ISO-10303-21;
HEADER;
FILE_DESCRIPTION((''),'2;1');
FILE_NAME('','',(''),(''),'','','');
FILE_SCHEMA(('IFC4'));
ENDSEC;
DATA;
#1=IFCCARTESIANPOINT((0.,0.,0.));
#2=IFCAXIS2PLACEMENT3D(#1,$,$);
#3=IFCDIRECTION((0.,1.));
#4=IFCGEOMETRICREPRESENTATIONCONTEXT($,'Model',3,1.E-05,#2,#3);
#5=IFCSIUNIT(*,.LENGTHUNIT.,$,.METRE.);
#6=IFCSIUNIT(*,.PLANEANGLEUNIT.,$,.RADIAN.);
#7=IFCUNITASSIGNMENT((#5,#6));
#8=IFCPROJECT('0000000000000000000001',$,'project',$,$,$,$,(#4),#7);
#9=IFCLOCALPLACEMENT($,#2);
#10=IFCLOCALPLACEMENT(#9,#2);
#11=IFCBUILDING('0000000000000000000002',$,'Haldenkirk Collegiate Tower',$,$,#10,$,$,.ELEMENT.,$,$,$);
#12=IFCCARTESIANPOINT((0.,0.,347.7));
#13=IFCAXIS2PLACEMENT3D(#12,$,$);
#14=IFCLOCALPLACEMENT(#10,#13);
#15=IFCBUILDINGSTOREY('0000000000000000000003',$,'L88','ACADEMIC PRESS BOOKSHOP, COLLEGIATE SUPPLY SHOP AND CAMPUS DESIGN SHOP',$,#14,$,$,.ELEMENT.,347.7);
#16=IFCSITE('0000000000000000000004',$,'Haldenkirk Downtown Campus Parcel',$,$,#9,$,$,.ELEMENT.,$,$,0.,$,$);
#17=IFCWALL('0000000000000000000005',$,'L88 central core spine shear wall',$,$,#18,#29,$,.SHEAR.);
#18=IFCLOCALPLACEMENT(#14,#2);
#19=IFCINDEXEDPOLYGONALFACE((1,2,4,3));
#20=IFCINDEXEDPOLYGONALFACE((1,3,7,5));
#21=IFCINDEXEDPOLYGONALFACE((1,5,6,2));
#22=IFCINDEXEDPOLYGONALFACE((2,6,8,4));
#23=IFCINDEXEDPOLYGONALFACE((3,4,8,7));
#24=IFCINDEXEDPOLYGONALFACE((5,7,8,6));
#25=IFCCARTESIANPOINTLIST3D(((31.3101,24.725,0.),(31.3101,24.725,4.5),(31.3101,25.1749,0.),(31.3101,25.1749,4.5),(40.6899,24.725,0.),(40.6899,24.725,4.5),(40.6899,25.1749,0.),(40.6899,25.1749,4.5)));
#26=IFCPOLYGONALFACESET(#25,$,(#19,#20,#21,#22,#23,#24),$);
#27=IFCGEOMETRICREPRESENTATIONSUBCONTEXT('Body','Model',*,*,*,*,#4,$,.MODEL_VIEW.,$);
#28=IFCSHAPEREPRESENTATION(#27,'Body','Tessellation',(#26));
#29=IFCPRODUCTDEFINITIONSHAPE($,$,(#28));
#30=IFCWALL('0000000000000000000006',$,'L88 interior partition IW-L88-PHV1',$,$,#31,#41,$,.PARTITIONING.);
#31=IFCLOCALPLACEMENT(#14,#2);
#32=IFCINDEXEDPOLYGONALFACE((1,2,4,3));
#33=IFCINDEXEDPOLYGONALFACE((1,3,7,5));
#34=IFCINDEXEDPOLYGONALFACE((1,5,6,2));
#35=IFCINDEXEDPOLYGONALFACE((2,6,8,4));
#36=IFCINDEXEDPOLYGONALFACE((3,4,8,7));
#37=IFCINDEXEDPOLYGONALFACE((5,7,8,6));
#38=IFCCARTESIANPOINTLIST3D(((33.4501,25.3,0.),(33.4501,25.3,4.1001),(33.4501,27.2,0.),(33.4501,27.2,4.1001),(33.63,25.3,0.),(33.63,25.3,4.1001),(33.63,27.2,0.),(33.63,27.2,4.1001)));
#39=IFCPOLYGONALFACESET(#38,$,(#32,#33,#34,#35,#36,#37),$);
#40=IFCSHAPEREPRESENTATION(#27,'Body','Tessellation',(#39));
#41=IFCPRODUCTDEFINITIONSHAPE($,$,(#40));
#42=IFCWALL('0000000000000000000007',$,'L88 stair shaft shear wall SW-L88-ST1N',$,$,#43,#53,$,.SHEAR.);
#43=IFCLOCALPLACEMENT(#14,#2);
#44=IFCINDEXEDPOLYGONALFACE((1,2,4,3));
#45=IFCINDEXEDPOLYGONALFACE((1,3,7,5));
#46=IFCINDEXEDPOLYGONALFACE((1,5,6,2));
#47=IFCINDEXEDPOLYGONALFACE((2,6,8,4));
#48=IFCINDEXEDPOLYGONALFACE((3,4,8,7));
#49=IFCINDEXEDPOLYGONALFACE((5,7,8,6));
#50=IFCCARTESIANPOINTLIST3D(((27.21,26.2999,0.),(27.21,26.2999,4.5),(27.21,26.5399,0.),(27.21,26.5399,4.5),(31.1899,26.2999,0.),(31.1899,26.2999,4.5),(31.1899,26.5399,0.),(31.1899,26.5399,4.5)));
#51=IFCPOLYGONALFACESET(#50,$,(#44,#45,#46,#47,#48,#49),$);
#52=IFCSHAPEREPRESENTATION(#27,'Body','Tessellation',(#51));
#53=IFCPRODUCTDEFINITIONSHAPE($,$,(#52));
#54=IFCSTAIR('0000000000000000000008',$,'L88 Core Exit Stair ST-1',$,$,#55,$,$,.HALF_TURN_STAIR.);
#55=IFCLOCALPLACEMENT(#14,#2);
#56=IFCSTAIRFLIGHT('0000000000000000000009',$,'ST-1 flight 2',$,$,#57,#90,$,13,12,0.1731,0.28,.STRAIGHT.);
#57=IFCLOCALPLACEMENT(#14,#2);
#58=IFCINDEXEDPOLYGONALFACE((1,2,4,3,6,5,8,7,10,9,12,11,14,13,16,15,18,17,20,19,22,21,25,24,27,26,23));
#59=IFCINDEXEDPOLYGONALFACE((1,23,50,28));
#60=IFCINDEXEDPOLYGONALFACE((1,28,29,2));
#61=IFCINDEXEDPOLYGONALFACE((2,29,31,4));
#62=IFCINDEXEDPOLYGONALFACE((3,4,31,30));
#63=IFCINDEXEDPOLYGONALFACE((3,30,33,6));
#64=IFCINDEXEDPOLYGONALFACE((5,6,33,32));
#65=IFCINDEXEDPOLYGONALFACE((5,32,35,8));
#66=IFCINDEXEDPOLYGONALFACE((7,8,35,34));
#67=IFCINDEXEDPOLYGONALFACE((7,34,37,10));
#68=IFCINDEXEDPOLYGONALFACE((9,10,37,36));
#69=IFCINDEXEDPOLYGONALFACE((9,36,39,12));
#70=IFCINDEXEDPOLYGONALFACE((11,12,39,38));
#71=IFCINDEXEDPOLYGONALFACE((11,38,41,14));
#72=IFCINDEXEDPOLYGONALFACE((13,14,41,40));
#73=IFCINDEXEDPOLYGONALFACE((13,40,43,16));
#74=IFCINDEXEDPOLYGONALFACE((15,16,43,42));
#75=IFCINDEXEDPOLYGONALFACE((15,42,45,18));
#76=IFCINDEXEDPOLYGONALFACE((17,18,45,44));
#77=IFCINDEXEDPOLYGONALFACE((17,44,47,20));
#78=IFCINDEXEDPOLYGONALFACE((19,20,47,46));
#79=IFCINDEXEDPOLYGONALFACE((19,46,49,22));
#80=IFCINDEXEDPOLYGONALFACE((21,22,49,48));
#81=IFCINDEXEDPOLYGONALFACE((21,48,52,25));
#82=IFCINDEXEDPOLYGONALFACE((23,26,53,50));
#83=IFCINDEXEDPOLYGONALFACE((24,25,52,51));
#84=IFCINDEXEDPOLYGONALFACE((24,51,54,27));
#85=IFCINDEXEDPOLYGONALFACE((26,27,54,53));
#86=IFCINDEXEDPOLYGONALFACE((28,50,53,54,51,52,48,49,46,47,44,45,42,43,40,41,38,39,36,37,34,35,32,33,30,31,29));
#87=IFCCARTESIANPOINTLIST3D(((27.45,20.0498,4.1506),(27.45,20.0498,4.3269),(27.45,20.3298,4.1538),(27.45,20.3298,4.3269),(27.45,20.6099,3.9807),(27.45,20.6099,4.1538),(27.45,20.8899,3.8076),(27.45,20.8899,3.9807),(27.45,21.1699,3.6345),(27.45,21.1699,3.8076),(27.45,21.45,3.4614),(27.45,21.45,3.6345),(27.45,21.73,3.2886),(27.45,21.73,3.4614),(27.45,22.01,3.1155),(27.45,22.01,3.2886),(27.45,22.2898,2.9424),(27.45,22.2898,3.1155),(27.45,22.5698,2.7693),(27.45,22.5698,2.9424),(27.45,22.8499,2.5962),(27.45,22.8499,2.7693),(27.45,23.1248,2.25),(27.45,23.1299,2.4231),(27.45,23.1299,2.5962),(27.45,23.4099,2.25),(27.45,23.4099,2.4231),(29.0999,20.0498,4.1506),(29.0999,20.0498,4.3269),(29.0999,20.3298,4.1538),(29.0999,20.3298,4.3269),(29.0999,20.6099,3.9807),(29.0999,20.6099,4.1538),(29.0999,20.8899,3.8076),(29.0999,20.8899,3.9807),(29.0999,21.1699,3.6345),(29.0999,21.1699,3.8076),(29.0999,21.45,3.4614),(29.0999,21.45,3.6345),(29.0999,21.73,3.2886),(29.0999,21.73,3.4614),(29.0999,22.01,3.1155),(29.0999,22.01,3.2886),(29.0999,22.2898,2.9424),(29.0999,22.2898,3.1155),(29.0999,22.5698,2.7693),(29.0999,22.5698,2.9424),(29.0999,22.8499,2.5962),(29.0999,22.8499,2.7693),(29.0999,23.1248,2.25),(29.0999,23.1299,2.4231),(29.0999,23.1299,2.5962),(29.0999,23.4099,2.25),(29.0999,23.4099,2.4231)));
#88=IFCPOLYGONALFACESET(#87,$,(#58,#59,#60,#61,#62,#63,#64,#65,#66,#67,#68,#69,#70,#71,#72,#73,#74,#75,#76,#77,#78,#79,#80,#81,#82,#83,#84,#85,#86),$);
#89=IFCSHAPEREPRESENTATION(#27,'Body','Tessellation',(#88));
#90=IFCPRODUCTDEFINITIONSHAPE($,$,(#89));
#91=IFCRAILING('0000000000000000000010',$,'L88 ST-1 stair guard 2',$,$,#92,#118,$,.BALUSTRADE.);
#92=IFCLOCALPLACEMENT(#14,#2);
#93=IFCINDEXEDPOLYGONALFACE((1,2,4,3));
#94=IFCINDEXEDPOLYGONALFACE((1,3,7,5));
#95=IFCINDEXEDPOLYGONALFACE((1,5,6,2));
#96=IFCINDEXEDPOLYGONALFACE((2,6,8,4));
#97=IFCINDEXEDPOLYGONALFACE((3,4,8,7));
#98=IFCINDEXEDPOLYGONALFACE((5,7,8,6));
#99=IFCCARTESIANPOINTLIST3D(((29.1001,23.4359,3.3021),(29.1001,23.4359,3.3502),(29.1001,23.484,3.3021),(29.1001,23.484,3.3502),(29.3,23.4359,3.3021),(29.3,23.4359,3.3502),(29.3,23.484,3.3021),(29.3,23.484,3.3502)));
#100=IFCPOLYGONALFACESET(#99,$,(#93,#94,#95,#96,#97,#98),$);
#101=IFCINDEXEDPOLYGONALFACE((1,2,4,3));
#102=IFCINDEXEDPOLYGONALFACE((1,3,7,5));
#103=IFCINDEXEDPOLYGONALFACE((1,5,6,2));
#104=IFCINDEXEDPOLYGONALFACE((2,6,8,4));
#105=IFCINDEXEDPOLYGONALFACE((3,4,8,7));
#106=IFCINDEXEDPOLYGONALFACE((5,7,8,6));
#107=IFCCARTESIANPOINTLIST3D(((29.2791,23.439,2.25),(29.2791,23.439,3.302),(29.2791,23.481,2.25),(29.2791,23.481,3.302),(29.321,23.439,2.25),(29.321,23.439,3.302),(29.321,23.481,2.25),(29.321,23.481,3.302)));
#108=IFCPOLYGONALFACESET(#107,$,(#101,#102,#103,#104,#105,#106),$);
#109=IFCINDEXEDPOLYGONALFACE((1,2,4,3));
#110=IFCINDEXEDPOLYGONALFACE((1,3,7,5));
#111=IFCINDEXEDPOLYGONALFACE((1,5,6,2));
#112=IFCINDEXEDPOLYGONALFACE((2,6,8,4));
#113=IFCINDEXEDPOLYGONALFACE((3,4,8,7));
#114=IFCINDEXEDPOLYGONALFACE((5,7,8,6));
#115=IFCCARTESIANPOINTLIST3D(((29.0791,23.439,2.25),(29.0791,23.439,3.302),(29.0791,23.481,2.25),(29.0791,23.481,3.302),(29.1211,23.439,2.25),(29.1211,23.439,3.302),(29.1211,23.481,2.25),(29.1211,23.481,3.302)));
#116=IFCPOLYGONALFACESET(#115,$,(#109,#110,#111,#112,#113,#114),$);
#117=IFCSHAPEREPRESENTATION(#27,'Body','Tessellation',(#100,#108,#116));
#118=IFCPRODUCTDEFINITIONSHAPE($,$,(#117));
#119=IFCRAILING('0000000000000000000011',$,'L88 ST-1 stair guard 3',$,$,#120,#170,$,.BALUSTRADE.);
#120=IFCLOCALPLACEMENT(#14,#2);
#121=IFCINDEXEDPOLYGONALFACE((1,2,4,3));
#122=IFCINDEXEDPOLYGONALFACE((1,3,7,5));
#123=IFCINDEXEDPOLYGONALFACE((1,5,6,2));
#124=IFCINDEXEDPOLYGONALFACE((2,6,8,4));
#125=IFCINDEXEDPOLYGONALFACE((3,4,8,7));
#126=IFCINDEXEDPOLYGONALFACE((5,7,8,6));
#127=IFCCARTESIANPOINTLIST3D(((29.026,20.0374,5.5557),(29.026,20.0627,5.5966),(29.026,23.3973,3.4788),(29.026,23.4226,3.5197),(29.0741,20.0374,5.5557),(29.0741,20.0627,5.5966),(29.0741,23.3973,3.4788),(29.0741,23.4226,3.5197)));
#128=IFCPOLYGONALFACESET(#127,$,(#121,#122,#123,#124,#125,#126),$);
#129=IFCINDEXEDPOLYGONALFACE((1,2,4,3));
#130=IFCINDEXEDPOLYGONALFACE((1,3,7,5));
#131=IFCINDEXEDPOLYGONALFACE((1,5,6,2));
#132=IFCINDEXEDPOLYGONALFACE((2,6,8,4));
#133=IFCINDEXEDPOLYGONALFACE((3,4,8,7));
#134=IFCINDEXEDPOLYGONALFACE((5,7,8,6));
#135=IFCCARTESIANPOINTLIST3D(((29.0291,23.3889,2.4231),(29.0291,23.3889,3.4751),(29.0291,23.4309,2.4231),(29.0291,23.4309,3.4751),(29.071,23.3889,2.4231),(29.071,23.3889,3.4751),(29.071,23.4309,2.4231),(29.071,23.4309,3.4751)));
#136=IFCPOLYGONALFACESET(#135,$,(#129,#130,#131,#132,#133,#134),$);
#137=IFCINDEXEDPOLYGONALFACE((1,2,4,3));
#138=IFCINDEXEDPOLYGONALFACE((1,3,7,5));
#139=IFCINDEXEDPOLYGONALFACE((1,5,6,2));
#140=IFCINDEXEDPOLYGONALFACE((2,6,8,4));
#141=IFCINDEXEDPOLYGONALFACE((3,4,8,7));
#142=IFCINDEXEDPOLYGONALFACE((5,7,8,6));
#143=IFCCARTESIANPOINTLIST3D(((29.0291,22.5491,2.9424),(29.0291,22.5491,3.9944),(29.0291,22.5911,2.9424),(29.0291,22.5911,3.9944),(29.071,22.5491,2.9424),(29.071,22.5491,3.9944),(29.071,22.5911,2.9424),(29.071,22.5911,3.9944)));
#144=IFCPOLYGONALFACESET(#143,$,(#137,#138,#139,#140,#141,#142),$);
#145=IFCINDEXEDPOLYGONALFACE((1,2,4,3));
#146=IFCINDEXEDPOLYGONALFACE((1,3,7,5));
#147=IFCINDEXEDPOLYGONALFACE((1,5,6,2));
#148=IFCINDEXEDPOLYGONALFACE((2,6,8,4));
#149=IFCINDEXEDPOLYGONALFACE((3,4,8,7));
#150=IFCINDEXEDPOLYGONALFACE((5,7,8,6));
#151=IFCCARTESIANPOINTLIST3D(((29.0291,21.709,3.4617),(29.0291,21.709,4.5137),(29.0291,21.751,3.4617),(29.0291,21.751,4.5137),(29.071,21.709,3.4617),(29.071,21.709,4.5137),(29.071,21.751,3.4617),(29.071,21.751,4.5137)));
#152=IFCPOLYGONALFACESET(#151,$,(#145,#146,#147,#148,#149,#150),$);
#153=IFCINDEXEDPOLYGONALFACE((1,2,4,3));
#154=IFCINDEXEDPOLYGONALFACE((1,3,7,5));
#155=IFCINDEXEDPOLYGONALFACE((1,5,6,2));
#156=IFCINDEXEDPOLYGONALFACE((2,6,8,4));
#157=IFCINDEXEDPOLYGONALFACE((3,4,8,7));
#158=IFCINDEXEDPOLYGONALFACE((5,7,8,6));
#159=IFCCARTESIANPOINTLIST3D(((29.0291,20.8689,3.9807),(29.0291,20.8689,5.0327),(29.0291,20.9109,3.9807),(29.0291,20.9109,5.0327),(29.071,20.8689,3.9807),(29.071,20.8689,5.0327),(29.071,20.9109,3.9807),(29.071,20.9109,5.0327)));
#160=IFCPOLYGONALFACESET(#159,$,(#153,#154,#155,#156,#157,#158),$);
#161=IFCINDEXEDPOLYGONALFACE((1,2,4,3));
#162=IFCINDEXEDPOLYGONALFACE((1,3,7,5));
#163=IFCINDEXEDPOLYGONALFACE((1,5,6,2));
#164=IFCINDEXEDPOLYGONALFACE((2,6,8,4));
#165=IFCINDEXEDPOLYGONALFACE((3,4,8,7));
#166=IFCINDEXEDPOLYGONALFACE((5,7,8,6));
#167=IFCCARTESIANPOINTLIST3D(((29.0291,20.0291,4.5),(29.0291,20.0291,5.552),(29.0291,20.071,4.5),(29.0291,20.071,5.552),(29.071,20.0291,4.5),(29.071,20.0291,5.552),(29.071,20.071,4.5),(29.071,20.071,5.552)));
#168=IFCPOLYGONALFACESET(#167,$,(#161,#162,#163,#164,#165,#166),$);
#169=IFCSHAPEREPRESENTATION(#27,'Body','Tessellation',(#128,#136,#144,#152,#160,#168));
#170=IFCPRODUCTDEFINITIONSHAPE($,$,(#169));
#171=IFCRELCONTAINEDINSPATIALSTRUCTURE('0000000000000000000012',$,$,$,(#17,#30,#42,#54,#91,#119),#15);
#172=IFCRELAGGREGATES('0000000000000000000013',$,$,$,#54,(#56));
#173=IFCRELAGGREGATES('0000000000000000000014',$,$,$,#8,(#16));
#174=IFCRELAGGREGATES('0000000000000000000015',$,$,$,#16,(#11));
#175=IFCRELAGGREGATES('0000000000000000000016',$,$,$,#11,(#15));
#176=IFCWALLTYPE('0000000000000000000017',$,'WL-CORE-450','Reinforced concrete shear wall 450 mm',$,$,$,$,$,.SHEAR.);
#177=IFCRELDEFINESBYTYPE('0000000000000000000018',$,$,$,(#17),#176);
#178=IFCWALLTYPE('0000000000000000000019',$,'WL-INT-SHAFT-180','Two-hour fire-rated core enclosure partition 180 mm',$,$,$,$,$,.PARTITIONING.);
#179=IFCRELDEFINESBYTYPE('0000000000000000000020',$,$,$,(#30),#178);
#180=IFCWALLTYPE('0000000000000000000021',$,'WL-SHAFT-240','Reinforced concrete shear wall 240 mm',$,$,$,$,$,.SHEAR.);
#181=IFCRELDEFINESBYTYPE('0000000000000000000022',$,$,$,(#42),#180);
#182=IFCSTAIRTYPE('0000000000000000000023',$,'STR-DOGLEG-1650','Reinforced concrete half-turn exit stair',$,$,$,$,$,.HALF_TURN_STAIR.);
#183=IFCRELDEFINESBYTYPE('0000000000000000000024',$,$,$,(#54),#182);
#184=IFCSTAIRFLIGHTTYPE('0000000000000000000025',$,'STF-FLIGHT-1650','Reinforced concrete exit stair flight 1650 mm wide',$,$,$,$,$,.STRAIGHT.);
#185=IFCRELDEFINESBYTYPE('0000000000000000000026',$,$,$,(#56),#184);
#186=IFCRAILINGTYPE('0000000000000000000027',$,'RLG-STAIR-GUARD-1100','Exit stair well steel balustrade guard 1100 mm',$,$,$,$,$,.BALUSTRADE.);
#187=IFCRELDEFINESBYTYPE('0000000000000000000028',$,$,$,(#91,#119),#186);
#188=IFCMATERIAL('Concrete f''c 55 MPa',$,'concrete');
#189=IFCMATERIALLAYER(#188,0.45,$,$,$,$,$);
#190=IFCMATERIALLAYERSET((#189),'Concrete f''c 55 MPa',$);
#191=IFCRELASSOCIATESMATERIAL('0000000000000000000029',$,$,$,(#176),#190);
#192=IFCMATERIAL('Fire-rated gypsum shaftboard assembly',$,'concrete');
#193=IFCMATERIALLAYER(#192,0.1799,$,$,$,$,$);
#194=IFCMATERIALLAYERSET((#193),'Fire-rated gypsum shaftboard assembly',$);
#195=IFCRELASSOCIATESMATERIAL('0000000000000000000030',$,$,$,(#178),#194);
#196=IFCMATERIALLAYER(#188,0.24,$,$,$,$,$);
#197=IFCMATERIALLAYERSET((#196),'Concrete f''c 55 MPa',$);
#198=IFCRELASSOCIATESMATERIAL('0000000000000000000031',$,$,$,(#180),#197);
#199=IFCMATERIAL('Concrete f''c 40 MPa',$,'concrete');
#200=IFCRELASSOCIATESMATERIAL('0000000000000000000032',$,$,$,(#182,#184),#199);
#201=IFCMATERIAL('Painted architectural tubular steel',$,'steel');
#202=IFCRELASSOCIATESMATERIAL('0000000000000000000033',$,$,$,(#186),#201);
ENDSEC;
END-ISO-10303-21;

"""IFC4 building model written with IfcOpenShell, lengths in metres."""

from ifc_helpers import new_model, si_unit, direction, frame, frame_2d, origin, origin_2d, place, context, subcontext, project, spatial, polyline, rectangle, outline, extrude, material, layer, layer_set, type_object, element, aggregate, save


model = new_model("IFC4")

# Units and contexts
model_context = context("Model", 3, precision=1e-05, world=origin(), true_north=direction((0.0, 1.0)))
body_context = subcontext(model_context, "Body", "Model", "MODEL_VIEW")
ifc_project = project(units=[si_unit("LENGTHUNIT", "METRE"), si_unit("PLANEANGLEUNIT", "RADIAN")], contexts=[model_context])

# Site, building, storey
site_placement = place(None, origin())
site = spatial("IfcSite", under=ifc_project, at=site_placement, Name="Haldenkirk Downtown Campus Parcel", CompositionType="ELEMENT", RefElevation=0.0)
building_placement = place(site_placement, origin())
building = spatial("IfcBuilding", under=site, at=building_placement, Name="Haldenkirk Collegiate Tower", CompositionType="ELEMENT")
storey_placement = place(building_placement, frame((0.0, 0.0, 347.7)))
storey = spatial("IfcBuildingStorey", under=building, at=storey_placement, Name="L88", Description="ACADEMIC PRESS BOOKSHOP, COLLEGIATE SUPPLY SHOP AND CAMPUS DESIGN SHOP", CompositionType="ELEMENT", Elevation=347.7)

# Walls
ifc_material_1 = material(Name="Concrete f'c 55 MPa", Category="concrete")
ifc_layer_1 = layer(ifc_material_1, 0.45)
ifc_layer_set_1 = layer_set([ifc_layer_1], Name="Concrete f'c 55 MPa")
wall_type_1 = type_object("IfcWallType", Name="WL-CORE-450", Description="Reinforced concrete shear wall 450 mm", PredefinedType="SHEAR", material=ifc_layer_set_1)
wall_1_placement = place(storey_placement, frame((31.3101, 24.95, 0.0), z_axis=(0.0, 0.0, 1.0), x_axis=(1.0, 0.0, 0.0)))
element("IfcWall", 1, at=wall_1_placement, inside=storey, type_object=wall_type_1, Name="L88 central core spine shear wall", PredefinedType="SHEAR", context=body_context, shape_type="SweptSolid", body=[
    extrude(rectangle(XDim=9.3799, YDim=0.45, at=frame_2d((4.6899, 0.0))), origin(), (0.0, 0.0, 1.0), 4.5),
])
ifc_material_2 = material(Name="Fire-rated gypsum shaftboard assembly", Category="concrete")
ifc_layer_2 = layer(ifc_material_2, 0.1799)
ifc_layer_set_2 = layer_set([ifc_layer_2], Name="Fire-rated gypsum shaftboard assembly")
wall_type_2 = type_object("IfcWallType", Name="WL-INT-SHAFT-180", Description="Two-hour fire-rated core enclosure partition 180 mm", PredefinedType="PARTITIONING", material=ifc_layer_set_2)
wall_2_placement = place(storey_placement, frame((33.54, 25.3, 0.0), z_axis=(0.0, 0.0, 1.0), x_axis=(0.0, 1.0, 0.0)))
element("IfcWall", 2, at=wall_2_placement, inside=storey, type_object=wall_type_2, Name="L88 interior partition IW-L88-PHV1", PredefinedType="PARTITIONING", context=body_context, shape_type="SweptSolid", body=[
    extrude(rectangle(XDim=1.8999, YDim=0.1799, at=frame_2d((0.95, 0.0))), origin(), (0.0, 0.0, 1.0), 4.1001),
])

# Wall
ifc_layer_3 = layer(ifc_material_1, 0.24)
ifc_layer_set_3 = layer_set([ifc_layer_3], Name="Concrete f'c 55 MPa")
wall_type_3 = type_object("IfcWallType", Name="WL-SHAFT-240", Description="Reinforced concrete shear wall 240 mm", PredefinedType="SHEAR", material=ifc_layer_set_3)
wall_3_placement = place(storey_placement, frame((27.21, 26.4199, 0.0), z_axis=(0.0, 0.0, 1.0), x_axis=(1.0, 0.0, 0.0)))
element("IfcWall", 3, at=wall_3_placement, inside=storey, type_object=wall_type_3, Name="L88 stair shaft shear wall SW-L88-ST1N", PredefinedType="SHEAR", context=body_context, shape_type="SweptSolid", body=[
    extrude(rectangle(XDim=3.98, YDim=0.24, at=frame_2d((1.99, 0.0))), origin(), (0.0, 0.0, 1.0), 4.5),
])

# Stair, stair flight
ifc_material_3 = material(Name="Concrete f'c 40 MPa", Category="concrete")
stair_type = type_object("IfcStairType", Name="STR-DOGLEG-1650", Description="Reinforced concrete half-turn exit stair", PredefinedType="HALF_TURN_STAIR", material=ifc_material_3)
stair_placement = place(storey_placement, origin())
stair = element("IfcStair", 4, at=stair_placement, inside=storey, type_object=stair_type, Name="L88 Core Exit Stair ST-1", PredefinedType="HALF_TURN_STAIR")
stair_flight_type = type_object("IfcStairFlightType", Name="STF-FLIGHT-1650", Description="Reinforced concrete exit stair flight 1650 mm wide", PredefinedType="STRAIGHT", material=ifc_material_3)
stair_flight_placement = place(storey_placement, frame((28.2749, 23.4099, 2.25), z_axis=(0.0, 0.0, 1.0), x_axis=(0.0, -1.0, 0.0)))
stair_flight = element("IfcStairFlight", 5, at=stair_flight_placement, type_object=stair_flight_type, Name="ST-1 flight 2", NumberOfRisers=13, NumberOfTreads=12, PredefinedType="STRAIGHT", RiserHeight=0.1731, TreadLength=0.28, context=body_context, shape_type="SweptSolid", body=[
    extrude(outline(polyline([(0.0, 0.0), (0.0, 0.1731), (0.28, 0.1731), (0.28, 0.3462), (0.5601, 0.3462), (0.5601, 0.5193), (0.8401, 0.5193), (0.8401, 0.6924), (1.1201, 0.6924), (1.1201, 0.8655), (1.3999, 0.8655), (1.3999, 1.0386), (1.6799, 1.0386), (1.6799, 1.2114), (1.96, 1.2114), (1.96, 1.3845), (2.24, 1.3845), (2.24, 1.5576), (2.52, 1.5576), (2.52, 1.7307), (2.8, 1.7307), (2.8, 1.9038), (3.0801, 1.9038), (3.0801, 2.0769), (3.3601, 2.0769), (3.3601, 2.25), (3.3601, 1.9006), (0.2852, 0.0), (0.0, 0.0)])), frame((0.0, 0.825, 0.0), z_axis=(0.0, -1.0, 0.0), x_axis=(1.0, 0.0, 0.0)), (0.0, 0.0, 1.0), 1.6499),
])
aggregate(stair, [stair_flight])

# Railings
ifc_material_4 = material(Name="Painted architectural tubular steel", Category="steel")
railing_type_1 = type_object("IfcRailingType", Name="RLG-STAIR-GUARD-1100", Description="Exit stair well steel balustrade guard 1100 mm", PredefinedType="BALUSTRADE", material=ifc_material_4)
railing_1_placement = place(storey_placement, frame((29.3, 23.46, 2.25)))
element("IfcRailing", 6, at=railing_1_placement, inside=storey, type_object=railing_type_1, Name="L88 ST-1 stair guard 2", PredefinedType="BALUSTRADE", context=body_context, shape_type="SweptSolid", body=[
    extrude(rectangle(XDim=0.0481, YDim=0.0481, at=origin_2d()), frame((0.0, 0.0, 1.0762), z_axis=(-1.0, 0.0, 0.0), x_axis=(0.0, -1.0, 0.0)), (0.0, 0.0, 1.0), 0.2),
    extrude(rectangle(XDim=0.042, YDim=0.042, at=origin_2d()), origin(), (0.0, 0.0, 1.0), 1.052),
    extrude(rectangle(XDim=0.042, YDim=0.042, at=origin_2d()), frame((-0.2, 0.0, 0.0)), (0.0, 0.0, 1.0), 1.052),
])
railing_2_placement = place(storey_placement, frame((29.05, 23.4099, 2.4231)))
element("IfcRailing", 7, at=railing_2_placement, inside=storey, type_object=railing_type_1, Name="L88 ST-1 stair guard 3", PredefinedType="BALUSTRADE", context=body_context, shape_type="SweptSolid", body=[
    extrude(rectangle(XDim=0.0481, YDim=0.0481, at=origin_2d()), frame((0.0, 0.0, 1.0762), z_axis=(0.0, -0.850606, 0.525803), x_axis=(1.0, 0.0, 0.0)), (0.0, 0.0, 1.0), 3.95),
    extrude(rectangle(XDim=0.042, YDim=0.042, at=origin_2d()), origin(), (0.0, 0.0, 1.0), 1.052),
    extrude(rectangle(XDim=0.042, YDim=0.042, at=origin_2d()), frame((0.0, -0.8398, 0.5193)), (0.0, 0.0, 1.0), 1.052),
    extrude(rectangle(XDim=0.042, YDim=0.042, at=origin_2d()), frame((0.0, -1.6799, 1.0386)), (0.0, 0.0, 1.0), 1.052),
    extrude(rectangle(XDim=0.042, YDim=0.042, at=origin_2d()), frame((0.0, -2.52, 1.5576)), (0.0, 0.0, 1.0), 1.052),
    extrude(rectangle(XDim=0.042, YDim=0.042, at=origin_2d()), frame((0.0, -3.3599, 2.0769)), (0.0, 0.0, 1.0), 1.052),
])

save(model, "model.ifc")
